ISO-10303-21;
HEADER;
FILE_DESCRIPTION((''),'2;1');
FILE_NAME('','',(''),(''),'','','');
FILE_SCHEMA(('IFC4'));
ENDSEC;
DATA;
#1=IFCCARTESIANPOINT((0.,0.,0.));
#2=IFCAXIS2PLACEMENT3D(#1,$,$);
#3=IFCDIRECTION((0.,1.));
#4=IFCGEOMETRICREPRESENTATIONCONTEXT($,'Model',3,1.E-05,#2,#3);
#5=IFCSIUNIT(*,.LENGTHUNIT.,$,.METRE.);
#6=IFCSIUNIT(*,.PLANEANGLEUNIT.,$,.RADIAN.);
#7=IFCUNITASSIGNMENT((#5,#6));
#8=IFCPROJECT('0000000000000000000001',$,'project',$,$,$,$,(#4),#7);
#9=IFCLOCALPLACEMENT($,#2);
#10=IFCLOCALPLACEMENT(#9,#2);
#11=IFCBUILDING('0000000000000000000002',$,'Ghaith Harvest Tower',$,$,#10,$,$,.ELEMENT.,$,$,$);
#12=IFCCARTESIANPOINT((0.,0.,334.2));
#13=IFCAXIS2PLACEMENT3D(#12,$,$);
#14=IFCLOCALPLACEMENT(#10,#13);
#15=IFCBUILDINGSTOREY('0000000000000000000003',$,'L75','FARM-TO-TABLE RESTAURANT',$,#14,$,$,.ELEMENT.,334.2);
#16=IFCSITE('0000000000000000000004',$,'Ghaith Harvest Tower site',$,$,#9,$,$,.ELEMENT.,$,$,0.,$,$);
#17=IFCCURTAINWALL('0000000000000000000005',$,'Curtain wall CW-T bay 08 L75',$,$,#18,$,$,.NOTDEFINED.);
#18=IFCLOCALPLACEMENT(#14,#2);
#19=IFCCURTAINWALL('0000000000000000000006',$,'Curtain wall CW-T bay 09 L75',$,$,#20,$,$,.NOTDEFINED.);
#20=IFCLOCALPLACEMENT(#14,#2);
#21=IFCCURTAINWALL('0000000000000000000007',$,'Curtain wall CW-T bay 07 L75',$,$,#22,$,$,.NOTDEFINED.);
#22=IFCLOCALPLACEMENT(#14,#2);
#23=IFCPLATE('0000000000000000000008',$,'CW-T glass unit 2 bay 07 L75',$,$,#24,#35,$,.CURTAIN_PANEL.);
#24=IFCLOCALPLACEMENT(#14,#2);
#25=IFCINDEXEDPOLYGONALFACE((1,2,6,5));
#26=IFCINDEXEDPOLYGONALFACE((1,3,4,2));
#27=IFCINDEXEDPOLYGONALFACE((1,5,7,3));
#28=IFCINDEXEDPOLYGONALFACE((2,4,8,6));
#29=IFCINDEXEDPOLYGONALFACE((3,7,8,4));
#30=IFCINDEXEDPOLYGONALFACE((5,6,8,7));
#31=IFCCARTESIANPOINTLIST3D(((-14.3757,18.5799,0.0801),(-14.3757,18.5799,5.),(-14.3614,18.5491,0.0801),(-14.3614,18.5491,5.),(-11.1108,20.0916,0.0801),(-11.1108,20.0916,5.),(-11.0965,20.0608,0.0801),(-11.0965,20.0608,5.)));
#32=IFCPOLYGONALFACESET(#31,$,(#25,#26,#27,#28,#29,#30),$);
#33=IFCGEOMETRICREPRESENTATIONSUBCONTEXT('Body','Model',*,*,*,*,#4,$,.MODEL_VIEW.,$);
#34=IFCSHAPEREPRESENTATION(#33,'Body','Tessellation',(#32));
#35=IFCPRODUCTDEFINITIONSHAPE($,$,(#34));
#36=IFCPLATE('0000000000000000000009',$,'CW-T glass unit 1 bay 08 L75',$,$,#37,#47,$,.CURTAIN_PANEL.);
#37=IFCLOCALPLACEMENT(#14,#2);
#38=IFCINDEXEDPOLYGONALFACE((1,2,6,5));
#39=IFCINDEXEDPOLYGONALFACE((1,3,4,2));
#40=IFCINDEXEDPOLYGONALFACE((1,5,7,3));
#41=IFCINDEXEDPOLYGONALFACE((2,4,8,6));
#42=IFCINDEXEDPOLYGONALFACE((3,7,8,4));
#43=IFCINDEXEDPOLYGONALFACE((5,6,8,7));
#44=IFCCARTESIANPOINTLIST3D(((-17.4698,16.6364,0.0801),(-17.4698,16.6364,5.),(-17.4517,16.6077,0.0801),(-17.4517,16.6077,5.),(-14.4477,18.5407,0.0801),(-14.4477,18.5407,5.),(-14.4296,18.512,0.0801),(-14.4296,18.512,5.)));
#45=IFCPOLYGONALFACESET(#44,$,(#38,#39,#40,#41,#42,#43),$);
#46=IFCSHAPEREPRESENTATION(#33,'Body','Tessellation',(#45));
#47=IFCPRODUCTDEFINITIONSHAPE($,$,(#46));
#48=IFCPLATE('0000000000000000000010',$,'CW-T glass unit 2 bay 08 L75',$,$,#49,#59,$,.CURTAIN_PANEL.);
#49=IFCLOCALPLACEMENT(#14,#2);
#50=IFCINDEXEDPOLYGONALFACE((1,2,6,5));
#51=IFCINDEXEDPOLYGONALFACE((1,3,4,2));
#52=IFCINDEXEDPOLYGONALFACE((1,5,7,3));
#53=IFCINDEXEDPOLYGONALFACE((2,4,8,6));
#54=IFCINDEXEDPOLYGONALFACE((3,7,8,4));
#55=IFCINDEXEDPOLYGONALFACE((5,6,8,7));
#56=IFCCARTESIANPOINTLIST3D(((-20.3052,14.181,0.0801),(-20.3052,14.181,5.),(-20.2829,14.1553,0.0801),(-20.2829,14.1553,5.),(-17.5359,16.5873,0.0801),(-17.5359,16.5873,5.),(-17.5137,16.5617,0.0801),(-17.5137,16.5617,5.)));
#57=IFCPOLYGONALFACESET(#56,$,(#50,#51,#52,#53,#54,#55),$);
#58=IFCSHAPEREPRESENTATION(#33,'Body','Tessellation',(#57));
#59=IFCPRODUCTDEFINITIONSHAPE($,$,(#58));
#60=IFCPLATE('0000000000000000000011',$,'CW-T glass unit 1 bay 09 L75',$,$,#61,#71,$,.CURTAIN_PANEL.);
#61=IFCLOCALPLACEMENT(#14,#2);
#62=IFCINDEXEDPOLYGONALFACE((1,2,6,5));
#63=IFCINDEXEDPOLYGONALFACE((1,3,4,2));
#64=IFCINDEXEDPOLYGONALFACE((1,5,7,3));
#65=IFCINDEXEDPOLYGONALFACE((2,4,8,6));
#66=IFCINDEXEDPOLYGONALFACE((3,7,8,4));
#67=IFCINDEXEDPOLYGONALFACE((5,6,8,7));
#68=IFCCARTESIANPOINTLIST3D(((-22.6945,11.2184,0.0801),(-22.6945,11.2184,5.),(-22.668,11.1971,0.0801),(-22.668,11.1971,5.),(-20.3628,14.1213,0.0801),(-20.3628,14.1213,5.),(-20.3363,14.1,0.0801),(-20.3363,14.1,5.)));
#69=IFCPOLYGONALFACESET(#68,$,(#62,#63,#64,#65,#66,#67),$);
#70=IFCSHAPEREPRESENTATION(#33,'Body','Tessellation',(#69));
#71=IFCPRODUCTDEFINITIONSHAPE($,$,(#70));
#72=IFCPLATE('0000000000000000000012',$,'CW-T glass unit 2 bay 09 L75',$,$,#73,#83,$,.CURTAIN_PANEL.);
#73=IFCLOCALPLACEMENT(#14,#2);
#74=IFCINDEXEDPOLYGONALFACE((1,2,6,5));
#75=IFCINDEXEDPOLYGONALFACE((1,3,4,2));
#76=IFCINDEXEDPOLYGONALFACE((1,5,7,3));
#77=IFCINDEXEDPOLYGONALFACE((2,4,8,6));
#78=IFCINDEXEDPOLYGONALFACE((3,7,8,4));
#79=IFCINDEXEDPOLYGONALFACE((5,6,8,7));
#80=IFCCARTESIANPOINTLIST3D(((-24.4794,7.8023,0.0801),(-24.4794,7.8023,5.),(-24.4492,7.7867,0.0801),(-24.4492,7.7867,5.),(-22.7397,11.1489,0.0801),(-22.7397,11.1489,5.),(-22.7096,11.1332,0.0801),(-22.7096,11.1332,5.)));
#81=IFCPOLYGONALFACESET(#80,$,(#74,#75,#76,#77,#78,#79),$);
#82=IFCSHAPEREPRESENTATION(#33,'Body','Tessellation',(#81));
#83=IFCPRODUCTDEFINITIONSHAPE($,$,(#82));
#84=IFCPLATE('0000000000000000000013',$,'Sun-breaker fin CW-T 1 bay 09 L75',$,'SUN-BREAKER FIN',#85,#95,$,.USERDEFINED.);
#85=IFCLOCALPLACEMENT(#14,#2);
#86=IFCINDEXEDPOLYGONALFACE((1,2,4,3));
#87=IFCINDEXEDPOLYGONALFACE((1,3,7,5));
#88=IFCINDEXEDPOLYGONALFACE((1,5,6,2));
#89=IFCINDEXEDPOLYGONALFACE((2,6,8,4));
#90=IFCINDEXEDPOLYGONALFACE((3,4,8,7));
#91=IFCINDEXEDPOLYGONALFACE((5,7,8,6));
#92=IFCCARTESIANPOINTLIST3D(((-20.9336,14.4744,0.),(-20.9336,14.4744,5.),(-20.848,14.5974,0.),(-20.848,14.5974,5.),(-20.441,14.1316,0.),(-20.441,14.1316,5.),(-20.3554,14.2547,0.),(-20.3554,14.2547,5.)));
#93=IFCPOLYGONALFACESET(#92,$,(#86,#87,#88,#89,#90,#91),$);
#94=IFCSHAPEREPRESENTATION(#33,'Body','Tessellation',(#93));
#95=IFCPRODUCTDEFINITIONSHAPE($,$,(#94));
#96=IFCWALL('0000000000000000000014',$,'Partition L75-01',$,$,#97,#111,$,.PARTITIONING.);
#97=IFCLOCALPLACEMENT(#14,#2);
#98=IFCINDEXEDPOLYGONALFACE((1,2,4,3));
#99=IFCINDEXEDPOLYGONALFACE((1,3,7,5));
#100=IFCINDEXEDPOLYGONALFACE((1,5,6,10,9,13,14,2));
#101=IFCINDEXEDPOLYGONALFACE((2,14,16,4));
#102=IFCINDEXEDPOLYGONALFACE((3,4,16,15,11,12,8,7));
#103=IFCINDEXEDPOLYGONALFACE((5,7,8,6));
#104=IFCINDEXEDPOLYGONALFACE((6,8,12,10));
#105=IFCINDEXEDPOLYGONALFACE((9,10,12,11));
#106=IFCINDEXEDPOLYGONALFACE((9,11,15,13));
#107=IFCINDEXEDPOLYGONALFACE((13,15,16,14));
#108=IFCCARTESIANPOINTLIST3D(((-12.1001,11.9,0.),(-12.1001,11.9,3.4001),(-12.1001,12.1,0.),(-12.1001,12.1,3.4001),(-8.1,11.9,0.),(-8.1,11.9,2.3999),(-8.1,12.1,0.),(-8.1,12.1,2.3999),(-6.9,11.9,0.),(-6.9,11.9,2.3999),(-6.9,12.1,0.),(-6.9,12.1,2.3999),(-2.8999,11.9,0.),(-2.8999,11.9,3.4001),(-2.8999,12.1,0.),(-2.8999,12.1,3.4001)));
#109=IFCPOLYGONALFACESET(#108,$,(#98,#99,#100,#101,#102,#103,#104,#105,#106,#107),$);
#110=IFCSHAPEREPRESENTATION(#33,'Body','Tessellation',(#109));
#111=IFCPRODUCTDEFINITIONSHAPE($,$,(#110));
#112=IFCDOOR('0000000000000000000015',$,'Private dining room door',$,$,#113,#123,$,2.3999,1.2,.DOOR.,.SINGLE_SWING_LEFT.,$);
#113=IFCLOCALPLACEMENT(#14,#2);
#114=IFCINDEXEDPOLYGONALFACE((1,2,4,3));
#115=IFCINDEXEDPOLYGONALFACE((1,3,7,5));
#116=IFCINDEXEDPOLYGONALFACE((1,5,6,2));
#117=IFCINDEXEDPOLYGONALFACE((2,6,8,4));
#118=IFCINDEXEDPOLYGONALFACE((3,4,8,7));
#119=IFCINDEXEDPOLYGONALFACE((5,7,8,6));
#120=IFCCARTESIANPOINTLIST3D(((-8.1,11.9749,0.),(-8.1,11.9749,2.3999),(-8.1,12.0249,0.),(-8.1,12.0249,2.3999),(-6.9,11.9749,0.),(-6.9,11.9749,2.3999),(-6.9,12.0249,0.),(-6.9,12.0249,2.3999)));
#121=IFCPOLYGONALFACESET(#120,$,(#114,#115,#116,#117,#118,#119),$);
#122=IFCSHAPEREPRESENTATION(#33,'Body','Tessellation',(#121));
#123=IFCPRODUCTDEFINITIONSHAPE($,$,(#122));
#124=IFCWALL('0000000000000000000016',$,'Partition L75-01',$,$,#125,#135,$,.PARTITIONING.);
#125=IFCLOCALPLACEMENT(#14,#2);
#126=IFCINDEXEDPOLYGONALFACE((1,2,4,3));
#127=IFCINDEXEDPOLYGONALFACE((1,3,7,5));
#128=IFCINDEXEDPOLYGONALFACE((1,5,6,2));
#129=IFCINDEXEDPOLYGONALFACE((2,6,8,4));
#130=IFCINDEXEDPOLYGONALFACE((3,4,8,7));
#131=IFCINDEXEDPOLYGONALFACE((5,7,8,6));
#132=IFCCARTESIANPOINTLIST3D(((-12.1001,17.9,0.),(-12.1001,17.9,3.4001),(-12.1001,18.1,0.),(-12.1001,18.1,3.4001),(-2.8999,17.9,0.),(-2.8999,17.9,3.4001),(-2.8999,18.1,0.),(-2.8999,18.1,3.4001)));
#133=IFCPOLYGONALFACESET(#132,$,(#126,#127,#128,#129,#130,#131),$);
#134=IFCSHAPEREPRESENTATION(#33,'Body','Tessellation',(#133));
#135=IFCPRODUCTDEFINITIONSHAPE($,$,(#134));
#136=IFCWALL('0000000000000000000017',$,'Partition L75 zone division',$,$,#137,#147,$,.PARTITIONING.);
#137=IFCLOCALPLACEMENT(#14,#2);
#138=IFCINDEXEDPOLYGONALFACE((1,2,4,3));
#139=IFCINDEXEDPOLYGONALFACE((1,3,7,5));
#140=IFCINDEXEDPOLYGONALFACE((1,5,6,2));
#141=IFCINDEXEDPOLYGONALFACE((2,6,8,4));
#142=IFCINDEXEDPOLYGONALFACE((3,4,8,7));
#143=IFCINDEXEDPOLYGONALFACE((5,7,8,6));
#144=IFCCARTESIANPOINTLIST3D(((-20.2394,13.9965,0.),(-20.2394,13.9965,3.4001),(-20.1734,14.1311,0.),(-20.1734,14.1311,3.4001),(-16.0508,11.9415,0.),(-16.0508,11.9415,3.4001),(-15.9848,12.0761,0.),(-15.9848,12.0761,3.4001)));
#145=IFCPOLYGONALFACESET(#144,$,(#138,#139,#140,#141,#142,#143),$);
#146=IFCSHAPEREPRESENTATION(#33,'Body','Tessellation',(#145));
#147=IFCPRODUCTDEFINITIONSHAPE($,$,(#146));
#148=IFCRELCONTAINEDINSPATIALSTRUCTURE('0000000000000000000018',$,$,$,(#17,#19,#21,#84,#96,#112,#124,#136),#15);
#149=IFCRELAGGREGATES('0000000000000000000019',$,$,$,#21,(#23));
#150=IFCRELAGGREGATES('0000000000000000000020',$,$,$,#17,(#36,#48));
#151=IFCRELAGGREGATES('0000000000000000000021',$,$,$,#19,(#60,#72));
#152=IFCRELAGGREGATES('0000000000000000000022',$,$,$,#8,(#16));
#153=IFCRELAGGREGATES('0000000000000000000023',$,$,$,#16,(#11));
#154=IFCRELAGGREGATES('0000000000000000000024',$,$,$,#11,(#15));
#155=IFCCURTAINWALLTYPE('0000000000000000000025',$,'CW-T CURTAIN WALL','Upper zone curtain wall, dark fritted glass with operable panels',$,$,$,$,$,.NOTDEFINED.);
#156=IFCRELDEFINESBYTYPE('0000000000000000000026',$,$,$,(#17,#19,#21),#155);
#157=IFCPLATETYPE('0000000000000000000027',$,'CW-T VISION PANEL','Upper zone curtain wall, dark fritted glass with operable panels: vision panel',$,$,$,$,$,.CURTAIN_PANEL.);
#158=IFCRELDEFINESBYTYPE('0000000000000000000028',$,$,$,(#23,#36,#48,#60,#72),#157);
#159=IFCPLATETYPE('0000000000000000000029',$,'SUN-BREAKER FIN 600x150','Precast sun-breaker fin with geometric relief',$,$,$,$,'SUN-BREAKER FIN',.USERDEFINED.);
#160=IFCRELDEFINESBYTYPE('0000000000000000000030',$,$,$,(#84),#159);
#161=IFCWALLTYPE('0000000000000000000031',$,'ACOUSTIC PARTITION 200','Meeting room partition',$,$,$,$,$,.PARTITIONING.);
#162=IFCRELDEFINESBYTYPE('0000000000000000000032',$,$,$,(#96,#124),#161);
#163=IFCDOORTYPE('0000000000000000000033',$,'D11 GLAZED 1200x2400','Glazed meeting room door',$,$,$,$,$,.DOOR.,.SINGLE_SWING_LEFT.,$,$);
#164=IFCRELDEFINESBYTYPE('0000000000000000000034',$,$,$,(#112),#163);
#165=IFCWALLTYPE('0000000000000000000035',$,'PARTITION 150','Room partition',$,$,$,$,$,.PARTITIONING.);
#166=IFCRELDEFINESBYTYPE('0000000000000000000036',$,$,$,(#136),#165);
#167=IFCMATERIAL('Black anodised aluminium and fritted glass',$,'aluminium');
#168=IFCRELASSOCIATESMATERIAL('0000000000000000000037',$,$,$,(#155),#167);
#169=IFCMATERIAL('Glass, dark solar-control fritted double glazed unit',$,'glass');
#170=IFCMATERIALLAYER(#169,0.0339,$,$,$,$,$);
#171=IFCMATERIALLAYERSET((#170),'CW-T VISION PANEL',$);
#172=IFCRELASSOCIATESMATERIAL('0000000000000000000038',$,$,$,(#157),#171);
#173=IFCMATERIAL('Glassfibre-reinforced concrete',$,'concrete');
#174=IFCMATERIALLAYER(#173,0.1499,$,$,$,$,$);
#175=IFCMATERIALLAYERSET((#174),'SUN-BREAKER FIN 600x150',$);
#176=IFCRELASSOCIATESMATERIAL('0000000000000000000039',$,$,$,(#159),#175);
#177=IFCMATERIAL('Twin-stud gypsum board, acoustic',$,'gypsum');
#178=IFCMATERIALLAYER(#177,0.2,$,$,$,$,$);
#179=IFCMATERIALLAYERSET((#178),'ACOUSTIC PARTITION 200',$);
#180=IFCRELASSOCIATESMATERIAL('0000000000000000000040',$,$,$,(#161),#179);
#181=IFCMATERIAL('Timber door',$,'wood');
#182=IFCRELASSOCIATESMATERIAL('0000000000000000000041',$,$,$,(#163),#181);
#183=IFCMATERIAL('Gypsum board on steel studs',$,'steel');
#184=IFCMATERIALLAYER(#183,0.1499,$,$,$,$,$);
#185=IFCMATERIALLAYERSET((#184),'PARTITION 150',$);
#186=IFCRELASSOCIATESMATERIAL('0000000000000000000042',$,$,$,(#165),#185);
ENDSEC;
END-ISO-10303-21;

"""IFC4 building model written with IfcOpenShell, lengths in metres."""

from ifc_helpers import new_model, si_unit, direction, frame, frame_2d, origin, origin_2d, place, context, subcontext, project, spatial, rectangle, extrude, material, layer, layer_set, type_object, element, fill, aggregate, save


model = new_model("IFC4")

# Units and contexts
model_context = context("Model", 3, precision=1e-05, world=origin(), true_north=direction((0.0, 1.0)))
body_context = subcontext(model_context, "Body", "Model", "MODEL_VIEW")
ifc_project = project(units=[si_unit("LENGTHUNIT", "METRE"), si_unit("PLANEANGLEUNIT", "RADIAN")], contexts=[model_context])

# Site, building, storey
site_placement = place(None, origin())
site = spatial("IfcSite", under=ifc_project, at=site_placement, Name="Ghaith Harvest Tower site", CompositionType="ELEMENT", RefElevation=0.0)
building_placement = place(site_placement, origin())
building = spatial("IfcBuilding", under=site, at=building_placement, Name="Ghaith Harvest Tower", CompositionType="ELEMENT")
storey_placement = place(building_placement, frame((0.0, 0.0, 334.2)))
storey = spatial("IfcBuildingStorey", under=building, at=storey_placement, Name="L75", Description="FARM-TO-TABLE RESTAURANT", CompositionType="ELEMENT", Elevation=334.2)

# Curtain walls
ifc_material_1 = material(Name="Black anodised aluminium and fritted glass", Category="aluminium")
curtain_wall_type = type_object("IfcCurtainWallType", Name="CW-T CURTAIN WALL", Description="Upper zone curtain wall, dark fritted glass with operable panels", PredefinedType="NOTDEFINED", material=ifc_material_1)
curtain_wall_1_placement = place(storey_placement, origin())
curtain_wall_1 = element("IfcCurtainWall", 1, at=curtain_wall_1_placement, inside=storey, type_object=curtain_wall_type, Name="Curtain wall CW-T bay 08 L75", PredefinedType="NOTDEFINED")
curtain_wall_2_placement = place(storey_placement, origin())
curtain_wall_2 = element("IfcCurtainWall", 2, at=curtain_wall_2_placement, inside=storey, type_object=curtain_wall_type, Name="Curtain wall CW-T bay 09 L75", PredefinedType="NOTDEFINED")

# Curtain wall, plate
curtain_wall_3_placement = place(storey_placement, origin())
curtain_wall_3 = element("IfcCurtainWall", 3, at=curtain_wall_3_placement, inside=storey, type_object=curtain_wall_type, Name="Curtain wall CW-T bay 07 L75", PredefinedType="NOTDEFINED")
ifc_material_2 = material(Name="Glass, dark solar-control fritted double glazed unit", Category="glass")
ifc_layer_1 = layer(ifc_material_2, 0.0339)
ifc_layer_set_1 = layer_set([ifc_layer_1], Name="CW-T VISION PANEL")
plate_type_1 = type_object("IfcPlateType", Name="CW-T VISION PANEL", Description="Upper zone curtain wall, dark fritted glass with operable panels: vision panel", PredefinedType="CURTAIN_PANEL", material=ifc_layer_set_1)
plate_1_placement = place(storey_placement, frame((-12.7361, 19.3203, 0.0801), z_axis=(0.0, 0.0, 1.0), x_axis=(-0.90745, -0.42016, 0.0)))
plate_1 = element("IfcPlate", 4, at=plate_1_placement, type_object=plate_type_1, Name="CW-T glass unit 2 bay 07 L75", PredefinedType="CURTAIN_PANEL", context=body_context, shape_type="SweptSolid", body=[
    extrude(rectangle(XDim=3.5979, YDim=0.0339, at=origin_2d()), origin(), (0.0, 0.0, 1.0), 4.9199),
])
aggregate(curtain_wall_3, [plate_1])

# Plates
plate_2_placement = place(storey_placement, frame((-15.9497, 17.5742, 0.0801), z_axis=(0.0, 0.0, 1.0), x_axis=(-0.846043, -0.533114, 0.0)))
plate_2 = element("IfcPlate", 5, at=plate_2_placement, type_object=plate_type_1, Name="CW-T glass unit 1 bay 08 L75", PredefinedType="CURTAIN_PANEL", context=body_context, shape_type="SweptSolid", body=[
    extrude(rectangle(XDim=3.572, YDim=0.0339, at=origin_2d()), origin(), (0.0, 0.0, 1.0), 4.9199),
])
plate_3_placement = place(storey_placement, frame((-18.9094, 15.3713, 0.0801), z_axis=(0.0, 0.0, 1.0), x_axis=(-0.754829, -0.655922, 0.0)))
plate_3 = element("IfcPlate", 6, at=plate_3_placement, type_object=plate_type_1, Name="CW-T glass unit 2 bay 08 L75", PredefinedType="CURTAIN_PANEL", context=body_context, shape_type="SweptSolid", body=[
    extrude(rectangle(XDim=3.6687, YDim=0.0339, at=origin_2d()), origin(), (0.0, 0.0, 1.0), 4.9199),
])
aggregate(curtain_wall_1, [plate_2, plate_3])
plate_4_placement = place(storey_placement, frame((-21.5154, 12.6592, 0.0801), z_axis=(0.0, 0.0, 1.0), x_axis=(-0.62623, -0.779639, 0.0)))
plate_4 = element("IfcPlate", 7, at=plate_4_placement, type_object=plate_type_1, Name="CW-T glass unit 1 bay 09 L75", PredefinedType="CURTAIN_PANEL", context=body_context, shape_type="SweptSolid", body=[
    extrude(rectangle(XDim=3.7234, YDim=0.0339, at=origin_2d()), origin(), (0.0, 0.0, 1.0), 4.9199),
])
plate_5_placement = place(storey_placement, frame((-23.5945, 9.4678, 0.0801), z_axis=(0.0, 0.0, 1.0), x_axis=(-0.46123, -0.887281, 0.0)))
plate_5 = element("IfcPlate", 8, at=plate_5_placement, type_object=plate_type_1, Name="CW-T glass unit 2 bay 09 L75", PredefinedType="CURTAIN_PANEL", context=body_context, shape_type="SweptSolid", body=[
    extrude(rectangle(XDim=3.7717, YDim=0.0339, at=origin_2d()), origin(), (0.0, 0.0, 1.0), 4.9199),
])
aggregate(curtain_wall_2, [plate_4, plate_5])
ifc_material_3 = material(Name="Glassfibre-reinforced concrete", Category="concrete")
ifc_layer_2 = layer(ifc_material_3, 0.1499)
ifc_layer_set_2 = layer_set([ifc_layer_2], Name="SUN-BREAKER FIN 600x150")
plate_type_2 = type_object("IfcPlateType", Name="SUN-BREAKER FIN 600x150", Description="Precast sun-breaker fin with geometric relief", ElementType="SUN-BREAKER FIN", PredefinedType="USERDEFINED", material=ifc_layer_set_2)
plate_6_placement = place(storey_placement, frame((-20.6445, 14.3645, 0.0), z_axis=(0.0, 0.0, 1.0), x_axis=(-0.820845, 0.57115, 0.0)))
element("IfcPlate", 9, at=plate_6_placement, inside=storey, type_object=plate_type_2, Name="Sun-breaker fin CW-T 1 bay 09 L75", ObjectType="SUN-BREAKER FIN", PredefinedType="USERDEFINED", context=body_context, shape_type="SweptSolid", body=[
    extrude(rectangle(XDim=0.6001, YDim=0.1499, at=origin_2d()), origin(), (0.0, 0.0, 1.0), 5.0),
])

# Wall, opening, door
ifc_material_4 = material(Name="Twin-stud gypsum board, acoustic", Category="gypsum")
ifc_layer_3 = layer(ifc_material_4, 0.2)
ifc_layer_set_3 = layer_set([ifc_layer_3], Name="ACOUSTIC PARTITION 200")
wall_type_1 = type_object("IfcWallType", Name="ACOUSTIC PARTITION 200", Description="Meeting room partition", PredefinedType="PARTITIONING", material=ifc_layer_set_3)
wall_1_placement = place(storey_placement, frame((-12.1001, 12.0, 0.0), z_axis=(0.0, 0.0, 1.0), x_axis=(1.0, 0.0, 0.0)))
wall_1 = element("IfcWall", 10, at=wall_1_placement, inside=storey, type_object=wall_type_1, Name="Partition L75-01", PredefinedType="PARTITIONING", context=body_context, shape_type="SweptSolid", body=[
    extrude(rectangle(XDim=9.2002, YDim=0.2, at=frame_2d((4.6001, 0.0))), origin(), (0.0, 0.0, 1.0), 3.4001),
])
opening_1_placement = place(wall_1_placement, frame((4.0, 0.0, 0.0)))
opening_1 = element("IfcOpeningElement", 11, at=opening_1_placement, cuts=wall_1, PredefinedType="OPENING", context=body_context, shape_type="SweptSolid", body=[
    extrude(rectangle(XDim=1.2, YDim=2.3999, at=frame_2d((0.6001, 1.2))), frame((0.0, 0.1099, 0.0), z_axis=(0.0, -1.0, 0.0), x_axis=(1.0, 0.0, 0.0)), (0.0, 0.0, 1.0), 0.22),
])
ifc_material_5 = material(Name="Timber door", Category="wood")
door_type_1 = type_object("IfcDoorType", Name="D11 GLAZED 1200x2400", Description="Glazed meeting room door", OperationType="SINGLE_SWING_LEFT", PredefinedType="DOOR", material=ifc_material_5)
door_1_placement = place(opening_1_placement, origin())
door_1 = element("IfcDoor", 12, at=door_1_placement, inside=storey, type_object=door_type_1, Name="Private dining room door", OperationType="SINGLE_SWING_LEFT", OverallHeight=2.3999, OverallWidth=1.2, PredefinedType="DOOR", context=body_context, shape_type="SweptSolid", body=[
    extrude(rectangle(XDim=1.2, YDim=2.3999, at=frame_2d((0.6001, 1.2))), frame((0.0, 0.0249, 0.0), z_axis=(0.0, -1.0, 0.0), x_axis=(1.0, 0.0, 0.0)), (0.0, 0.0, 1.0), 0.05),
])
fill(opening_1, door_1)

# Wall
wall_2_placement = place(storey_placement, frame((-12.1001, 18.0, 0.0), z_axis=(0.0, 0.0, 1.0), x_axis=(1.0, 0.0, 0.0)))
element("IfcWall", 13, at=wall_2_placement, inside=storey, type_object=wall_type_1, Name="Partition L75-01", PredefinedType="PARTITIONING", context=body_context, shape_type="SweptSolid", body=[
    extrude(rectangle(XDim=9.2002, YDim=0.2, at=frame_2d((4.6001, 0.0))), origin(), (0.0, 0.0, 1.0), 3.4001),
])

# Wall
ifc_material_6 = material(Name="Gypsum board on steel studs", Category="steel")
ifc_layer_4 = layer(ifc_material_6, 0.1499)
ifc_layer_set_4 = layer_set([ifc_layer_4], Name="PARTITION 150")
wall_type_2 = type_object("IfcWallType", Name="PARTITION 150", Description="Room partition", PredefinedType="PARTITIONING", material=ifc_layer_set_4)
wall_3_placement = place(storey_placement, frame((-16.0178, 12.0088, 0.0), z_axis=(0.0, 0.0, 1.0), x_axis=(-0.897772, 0.440461, 0.0)))
element("IfcWall", 14, at=wall_3_placement, inside=storey, type_object=wall_type_2, Name="Partition L75 zone division", PredefinedType="PARTITIONING", context=body_context, shape_type="SweptSolid", body=[
    extrude(rectangle(XDim=4.6655, YDim=0.1499, at=frame_2d((2.3328, 0.0))), origin(), (0.0, 0.0, 1.0), 3.4001),
])

save(model, "model.ifc")
